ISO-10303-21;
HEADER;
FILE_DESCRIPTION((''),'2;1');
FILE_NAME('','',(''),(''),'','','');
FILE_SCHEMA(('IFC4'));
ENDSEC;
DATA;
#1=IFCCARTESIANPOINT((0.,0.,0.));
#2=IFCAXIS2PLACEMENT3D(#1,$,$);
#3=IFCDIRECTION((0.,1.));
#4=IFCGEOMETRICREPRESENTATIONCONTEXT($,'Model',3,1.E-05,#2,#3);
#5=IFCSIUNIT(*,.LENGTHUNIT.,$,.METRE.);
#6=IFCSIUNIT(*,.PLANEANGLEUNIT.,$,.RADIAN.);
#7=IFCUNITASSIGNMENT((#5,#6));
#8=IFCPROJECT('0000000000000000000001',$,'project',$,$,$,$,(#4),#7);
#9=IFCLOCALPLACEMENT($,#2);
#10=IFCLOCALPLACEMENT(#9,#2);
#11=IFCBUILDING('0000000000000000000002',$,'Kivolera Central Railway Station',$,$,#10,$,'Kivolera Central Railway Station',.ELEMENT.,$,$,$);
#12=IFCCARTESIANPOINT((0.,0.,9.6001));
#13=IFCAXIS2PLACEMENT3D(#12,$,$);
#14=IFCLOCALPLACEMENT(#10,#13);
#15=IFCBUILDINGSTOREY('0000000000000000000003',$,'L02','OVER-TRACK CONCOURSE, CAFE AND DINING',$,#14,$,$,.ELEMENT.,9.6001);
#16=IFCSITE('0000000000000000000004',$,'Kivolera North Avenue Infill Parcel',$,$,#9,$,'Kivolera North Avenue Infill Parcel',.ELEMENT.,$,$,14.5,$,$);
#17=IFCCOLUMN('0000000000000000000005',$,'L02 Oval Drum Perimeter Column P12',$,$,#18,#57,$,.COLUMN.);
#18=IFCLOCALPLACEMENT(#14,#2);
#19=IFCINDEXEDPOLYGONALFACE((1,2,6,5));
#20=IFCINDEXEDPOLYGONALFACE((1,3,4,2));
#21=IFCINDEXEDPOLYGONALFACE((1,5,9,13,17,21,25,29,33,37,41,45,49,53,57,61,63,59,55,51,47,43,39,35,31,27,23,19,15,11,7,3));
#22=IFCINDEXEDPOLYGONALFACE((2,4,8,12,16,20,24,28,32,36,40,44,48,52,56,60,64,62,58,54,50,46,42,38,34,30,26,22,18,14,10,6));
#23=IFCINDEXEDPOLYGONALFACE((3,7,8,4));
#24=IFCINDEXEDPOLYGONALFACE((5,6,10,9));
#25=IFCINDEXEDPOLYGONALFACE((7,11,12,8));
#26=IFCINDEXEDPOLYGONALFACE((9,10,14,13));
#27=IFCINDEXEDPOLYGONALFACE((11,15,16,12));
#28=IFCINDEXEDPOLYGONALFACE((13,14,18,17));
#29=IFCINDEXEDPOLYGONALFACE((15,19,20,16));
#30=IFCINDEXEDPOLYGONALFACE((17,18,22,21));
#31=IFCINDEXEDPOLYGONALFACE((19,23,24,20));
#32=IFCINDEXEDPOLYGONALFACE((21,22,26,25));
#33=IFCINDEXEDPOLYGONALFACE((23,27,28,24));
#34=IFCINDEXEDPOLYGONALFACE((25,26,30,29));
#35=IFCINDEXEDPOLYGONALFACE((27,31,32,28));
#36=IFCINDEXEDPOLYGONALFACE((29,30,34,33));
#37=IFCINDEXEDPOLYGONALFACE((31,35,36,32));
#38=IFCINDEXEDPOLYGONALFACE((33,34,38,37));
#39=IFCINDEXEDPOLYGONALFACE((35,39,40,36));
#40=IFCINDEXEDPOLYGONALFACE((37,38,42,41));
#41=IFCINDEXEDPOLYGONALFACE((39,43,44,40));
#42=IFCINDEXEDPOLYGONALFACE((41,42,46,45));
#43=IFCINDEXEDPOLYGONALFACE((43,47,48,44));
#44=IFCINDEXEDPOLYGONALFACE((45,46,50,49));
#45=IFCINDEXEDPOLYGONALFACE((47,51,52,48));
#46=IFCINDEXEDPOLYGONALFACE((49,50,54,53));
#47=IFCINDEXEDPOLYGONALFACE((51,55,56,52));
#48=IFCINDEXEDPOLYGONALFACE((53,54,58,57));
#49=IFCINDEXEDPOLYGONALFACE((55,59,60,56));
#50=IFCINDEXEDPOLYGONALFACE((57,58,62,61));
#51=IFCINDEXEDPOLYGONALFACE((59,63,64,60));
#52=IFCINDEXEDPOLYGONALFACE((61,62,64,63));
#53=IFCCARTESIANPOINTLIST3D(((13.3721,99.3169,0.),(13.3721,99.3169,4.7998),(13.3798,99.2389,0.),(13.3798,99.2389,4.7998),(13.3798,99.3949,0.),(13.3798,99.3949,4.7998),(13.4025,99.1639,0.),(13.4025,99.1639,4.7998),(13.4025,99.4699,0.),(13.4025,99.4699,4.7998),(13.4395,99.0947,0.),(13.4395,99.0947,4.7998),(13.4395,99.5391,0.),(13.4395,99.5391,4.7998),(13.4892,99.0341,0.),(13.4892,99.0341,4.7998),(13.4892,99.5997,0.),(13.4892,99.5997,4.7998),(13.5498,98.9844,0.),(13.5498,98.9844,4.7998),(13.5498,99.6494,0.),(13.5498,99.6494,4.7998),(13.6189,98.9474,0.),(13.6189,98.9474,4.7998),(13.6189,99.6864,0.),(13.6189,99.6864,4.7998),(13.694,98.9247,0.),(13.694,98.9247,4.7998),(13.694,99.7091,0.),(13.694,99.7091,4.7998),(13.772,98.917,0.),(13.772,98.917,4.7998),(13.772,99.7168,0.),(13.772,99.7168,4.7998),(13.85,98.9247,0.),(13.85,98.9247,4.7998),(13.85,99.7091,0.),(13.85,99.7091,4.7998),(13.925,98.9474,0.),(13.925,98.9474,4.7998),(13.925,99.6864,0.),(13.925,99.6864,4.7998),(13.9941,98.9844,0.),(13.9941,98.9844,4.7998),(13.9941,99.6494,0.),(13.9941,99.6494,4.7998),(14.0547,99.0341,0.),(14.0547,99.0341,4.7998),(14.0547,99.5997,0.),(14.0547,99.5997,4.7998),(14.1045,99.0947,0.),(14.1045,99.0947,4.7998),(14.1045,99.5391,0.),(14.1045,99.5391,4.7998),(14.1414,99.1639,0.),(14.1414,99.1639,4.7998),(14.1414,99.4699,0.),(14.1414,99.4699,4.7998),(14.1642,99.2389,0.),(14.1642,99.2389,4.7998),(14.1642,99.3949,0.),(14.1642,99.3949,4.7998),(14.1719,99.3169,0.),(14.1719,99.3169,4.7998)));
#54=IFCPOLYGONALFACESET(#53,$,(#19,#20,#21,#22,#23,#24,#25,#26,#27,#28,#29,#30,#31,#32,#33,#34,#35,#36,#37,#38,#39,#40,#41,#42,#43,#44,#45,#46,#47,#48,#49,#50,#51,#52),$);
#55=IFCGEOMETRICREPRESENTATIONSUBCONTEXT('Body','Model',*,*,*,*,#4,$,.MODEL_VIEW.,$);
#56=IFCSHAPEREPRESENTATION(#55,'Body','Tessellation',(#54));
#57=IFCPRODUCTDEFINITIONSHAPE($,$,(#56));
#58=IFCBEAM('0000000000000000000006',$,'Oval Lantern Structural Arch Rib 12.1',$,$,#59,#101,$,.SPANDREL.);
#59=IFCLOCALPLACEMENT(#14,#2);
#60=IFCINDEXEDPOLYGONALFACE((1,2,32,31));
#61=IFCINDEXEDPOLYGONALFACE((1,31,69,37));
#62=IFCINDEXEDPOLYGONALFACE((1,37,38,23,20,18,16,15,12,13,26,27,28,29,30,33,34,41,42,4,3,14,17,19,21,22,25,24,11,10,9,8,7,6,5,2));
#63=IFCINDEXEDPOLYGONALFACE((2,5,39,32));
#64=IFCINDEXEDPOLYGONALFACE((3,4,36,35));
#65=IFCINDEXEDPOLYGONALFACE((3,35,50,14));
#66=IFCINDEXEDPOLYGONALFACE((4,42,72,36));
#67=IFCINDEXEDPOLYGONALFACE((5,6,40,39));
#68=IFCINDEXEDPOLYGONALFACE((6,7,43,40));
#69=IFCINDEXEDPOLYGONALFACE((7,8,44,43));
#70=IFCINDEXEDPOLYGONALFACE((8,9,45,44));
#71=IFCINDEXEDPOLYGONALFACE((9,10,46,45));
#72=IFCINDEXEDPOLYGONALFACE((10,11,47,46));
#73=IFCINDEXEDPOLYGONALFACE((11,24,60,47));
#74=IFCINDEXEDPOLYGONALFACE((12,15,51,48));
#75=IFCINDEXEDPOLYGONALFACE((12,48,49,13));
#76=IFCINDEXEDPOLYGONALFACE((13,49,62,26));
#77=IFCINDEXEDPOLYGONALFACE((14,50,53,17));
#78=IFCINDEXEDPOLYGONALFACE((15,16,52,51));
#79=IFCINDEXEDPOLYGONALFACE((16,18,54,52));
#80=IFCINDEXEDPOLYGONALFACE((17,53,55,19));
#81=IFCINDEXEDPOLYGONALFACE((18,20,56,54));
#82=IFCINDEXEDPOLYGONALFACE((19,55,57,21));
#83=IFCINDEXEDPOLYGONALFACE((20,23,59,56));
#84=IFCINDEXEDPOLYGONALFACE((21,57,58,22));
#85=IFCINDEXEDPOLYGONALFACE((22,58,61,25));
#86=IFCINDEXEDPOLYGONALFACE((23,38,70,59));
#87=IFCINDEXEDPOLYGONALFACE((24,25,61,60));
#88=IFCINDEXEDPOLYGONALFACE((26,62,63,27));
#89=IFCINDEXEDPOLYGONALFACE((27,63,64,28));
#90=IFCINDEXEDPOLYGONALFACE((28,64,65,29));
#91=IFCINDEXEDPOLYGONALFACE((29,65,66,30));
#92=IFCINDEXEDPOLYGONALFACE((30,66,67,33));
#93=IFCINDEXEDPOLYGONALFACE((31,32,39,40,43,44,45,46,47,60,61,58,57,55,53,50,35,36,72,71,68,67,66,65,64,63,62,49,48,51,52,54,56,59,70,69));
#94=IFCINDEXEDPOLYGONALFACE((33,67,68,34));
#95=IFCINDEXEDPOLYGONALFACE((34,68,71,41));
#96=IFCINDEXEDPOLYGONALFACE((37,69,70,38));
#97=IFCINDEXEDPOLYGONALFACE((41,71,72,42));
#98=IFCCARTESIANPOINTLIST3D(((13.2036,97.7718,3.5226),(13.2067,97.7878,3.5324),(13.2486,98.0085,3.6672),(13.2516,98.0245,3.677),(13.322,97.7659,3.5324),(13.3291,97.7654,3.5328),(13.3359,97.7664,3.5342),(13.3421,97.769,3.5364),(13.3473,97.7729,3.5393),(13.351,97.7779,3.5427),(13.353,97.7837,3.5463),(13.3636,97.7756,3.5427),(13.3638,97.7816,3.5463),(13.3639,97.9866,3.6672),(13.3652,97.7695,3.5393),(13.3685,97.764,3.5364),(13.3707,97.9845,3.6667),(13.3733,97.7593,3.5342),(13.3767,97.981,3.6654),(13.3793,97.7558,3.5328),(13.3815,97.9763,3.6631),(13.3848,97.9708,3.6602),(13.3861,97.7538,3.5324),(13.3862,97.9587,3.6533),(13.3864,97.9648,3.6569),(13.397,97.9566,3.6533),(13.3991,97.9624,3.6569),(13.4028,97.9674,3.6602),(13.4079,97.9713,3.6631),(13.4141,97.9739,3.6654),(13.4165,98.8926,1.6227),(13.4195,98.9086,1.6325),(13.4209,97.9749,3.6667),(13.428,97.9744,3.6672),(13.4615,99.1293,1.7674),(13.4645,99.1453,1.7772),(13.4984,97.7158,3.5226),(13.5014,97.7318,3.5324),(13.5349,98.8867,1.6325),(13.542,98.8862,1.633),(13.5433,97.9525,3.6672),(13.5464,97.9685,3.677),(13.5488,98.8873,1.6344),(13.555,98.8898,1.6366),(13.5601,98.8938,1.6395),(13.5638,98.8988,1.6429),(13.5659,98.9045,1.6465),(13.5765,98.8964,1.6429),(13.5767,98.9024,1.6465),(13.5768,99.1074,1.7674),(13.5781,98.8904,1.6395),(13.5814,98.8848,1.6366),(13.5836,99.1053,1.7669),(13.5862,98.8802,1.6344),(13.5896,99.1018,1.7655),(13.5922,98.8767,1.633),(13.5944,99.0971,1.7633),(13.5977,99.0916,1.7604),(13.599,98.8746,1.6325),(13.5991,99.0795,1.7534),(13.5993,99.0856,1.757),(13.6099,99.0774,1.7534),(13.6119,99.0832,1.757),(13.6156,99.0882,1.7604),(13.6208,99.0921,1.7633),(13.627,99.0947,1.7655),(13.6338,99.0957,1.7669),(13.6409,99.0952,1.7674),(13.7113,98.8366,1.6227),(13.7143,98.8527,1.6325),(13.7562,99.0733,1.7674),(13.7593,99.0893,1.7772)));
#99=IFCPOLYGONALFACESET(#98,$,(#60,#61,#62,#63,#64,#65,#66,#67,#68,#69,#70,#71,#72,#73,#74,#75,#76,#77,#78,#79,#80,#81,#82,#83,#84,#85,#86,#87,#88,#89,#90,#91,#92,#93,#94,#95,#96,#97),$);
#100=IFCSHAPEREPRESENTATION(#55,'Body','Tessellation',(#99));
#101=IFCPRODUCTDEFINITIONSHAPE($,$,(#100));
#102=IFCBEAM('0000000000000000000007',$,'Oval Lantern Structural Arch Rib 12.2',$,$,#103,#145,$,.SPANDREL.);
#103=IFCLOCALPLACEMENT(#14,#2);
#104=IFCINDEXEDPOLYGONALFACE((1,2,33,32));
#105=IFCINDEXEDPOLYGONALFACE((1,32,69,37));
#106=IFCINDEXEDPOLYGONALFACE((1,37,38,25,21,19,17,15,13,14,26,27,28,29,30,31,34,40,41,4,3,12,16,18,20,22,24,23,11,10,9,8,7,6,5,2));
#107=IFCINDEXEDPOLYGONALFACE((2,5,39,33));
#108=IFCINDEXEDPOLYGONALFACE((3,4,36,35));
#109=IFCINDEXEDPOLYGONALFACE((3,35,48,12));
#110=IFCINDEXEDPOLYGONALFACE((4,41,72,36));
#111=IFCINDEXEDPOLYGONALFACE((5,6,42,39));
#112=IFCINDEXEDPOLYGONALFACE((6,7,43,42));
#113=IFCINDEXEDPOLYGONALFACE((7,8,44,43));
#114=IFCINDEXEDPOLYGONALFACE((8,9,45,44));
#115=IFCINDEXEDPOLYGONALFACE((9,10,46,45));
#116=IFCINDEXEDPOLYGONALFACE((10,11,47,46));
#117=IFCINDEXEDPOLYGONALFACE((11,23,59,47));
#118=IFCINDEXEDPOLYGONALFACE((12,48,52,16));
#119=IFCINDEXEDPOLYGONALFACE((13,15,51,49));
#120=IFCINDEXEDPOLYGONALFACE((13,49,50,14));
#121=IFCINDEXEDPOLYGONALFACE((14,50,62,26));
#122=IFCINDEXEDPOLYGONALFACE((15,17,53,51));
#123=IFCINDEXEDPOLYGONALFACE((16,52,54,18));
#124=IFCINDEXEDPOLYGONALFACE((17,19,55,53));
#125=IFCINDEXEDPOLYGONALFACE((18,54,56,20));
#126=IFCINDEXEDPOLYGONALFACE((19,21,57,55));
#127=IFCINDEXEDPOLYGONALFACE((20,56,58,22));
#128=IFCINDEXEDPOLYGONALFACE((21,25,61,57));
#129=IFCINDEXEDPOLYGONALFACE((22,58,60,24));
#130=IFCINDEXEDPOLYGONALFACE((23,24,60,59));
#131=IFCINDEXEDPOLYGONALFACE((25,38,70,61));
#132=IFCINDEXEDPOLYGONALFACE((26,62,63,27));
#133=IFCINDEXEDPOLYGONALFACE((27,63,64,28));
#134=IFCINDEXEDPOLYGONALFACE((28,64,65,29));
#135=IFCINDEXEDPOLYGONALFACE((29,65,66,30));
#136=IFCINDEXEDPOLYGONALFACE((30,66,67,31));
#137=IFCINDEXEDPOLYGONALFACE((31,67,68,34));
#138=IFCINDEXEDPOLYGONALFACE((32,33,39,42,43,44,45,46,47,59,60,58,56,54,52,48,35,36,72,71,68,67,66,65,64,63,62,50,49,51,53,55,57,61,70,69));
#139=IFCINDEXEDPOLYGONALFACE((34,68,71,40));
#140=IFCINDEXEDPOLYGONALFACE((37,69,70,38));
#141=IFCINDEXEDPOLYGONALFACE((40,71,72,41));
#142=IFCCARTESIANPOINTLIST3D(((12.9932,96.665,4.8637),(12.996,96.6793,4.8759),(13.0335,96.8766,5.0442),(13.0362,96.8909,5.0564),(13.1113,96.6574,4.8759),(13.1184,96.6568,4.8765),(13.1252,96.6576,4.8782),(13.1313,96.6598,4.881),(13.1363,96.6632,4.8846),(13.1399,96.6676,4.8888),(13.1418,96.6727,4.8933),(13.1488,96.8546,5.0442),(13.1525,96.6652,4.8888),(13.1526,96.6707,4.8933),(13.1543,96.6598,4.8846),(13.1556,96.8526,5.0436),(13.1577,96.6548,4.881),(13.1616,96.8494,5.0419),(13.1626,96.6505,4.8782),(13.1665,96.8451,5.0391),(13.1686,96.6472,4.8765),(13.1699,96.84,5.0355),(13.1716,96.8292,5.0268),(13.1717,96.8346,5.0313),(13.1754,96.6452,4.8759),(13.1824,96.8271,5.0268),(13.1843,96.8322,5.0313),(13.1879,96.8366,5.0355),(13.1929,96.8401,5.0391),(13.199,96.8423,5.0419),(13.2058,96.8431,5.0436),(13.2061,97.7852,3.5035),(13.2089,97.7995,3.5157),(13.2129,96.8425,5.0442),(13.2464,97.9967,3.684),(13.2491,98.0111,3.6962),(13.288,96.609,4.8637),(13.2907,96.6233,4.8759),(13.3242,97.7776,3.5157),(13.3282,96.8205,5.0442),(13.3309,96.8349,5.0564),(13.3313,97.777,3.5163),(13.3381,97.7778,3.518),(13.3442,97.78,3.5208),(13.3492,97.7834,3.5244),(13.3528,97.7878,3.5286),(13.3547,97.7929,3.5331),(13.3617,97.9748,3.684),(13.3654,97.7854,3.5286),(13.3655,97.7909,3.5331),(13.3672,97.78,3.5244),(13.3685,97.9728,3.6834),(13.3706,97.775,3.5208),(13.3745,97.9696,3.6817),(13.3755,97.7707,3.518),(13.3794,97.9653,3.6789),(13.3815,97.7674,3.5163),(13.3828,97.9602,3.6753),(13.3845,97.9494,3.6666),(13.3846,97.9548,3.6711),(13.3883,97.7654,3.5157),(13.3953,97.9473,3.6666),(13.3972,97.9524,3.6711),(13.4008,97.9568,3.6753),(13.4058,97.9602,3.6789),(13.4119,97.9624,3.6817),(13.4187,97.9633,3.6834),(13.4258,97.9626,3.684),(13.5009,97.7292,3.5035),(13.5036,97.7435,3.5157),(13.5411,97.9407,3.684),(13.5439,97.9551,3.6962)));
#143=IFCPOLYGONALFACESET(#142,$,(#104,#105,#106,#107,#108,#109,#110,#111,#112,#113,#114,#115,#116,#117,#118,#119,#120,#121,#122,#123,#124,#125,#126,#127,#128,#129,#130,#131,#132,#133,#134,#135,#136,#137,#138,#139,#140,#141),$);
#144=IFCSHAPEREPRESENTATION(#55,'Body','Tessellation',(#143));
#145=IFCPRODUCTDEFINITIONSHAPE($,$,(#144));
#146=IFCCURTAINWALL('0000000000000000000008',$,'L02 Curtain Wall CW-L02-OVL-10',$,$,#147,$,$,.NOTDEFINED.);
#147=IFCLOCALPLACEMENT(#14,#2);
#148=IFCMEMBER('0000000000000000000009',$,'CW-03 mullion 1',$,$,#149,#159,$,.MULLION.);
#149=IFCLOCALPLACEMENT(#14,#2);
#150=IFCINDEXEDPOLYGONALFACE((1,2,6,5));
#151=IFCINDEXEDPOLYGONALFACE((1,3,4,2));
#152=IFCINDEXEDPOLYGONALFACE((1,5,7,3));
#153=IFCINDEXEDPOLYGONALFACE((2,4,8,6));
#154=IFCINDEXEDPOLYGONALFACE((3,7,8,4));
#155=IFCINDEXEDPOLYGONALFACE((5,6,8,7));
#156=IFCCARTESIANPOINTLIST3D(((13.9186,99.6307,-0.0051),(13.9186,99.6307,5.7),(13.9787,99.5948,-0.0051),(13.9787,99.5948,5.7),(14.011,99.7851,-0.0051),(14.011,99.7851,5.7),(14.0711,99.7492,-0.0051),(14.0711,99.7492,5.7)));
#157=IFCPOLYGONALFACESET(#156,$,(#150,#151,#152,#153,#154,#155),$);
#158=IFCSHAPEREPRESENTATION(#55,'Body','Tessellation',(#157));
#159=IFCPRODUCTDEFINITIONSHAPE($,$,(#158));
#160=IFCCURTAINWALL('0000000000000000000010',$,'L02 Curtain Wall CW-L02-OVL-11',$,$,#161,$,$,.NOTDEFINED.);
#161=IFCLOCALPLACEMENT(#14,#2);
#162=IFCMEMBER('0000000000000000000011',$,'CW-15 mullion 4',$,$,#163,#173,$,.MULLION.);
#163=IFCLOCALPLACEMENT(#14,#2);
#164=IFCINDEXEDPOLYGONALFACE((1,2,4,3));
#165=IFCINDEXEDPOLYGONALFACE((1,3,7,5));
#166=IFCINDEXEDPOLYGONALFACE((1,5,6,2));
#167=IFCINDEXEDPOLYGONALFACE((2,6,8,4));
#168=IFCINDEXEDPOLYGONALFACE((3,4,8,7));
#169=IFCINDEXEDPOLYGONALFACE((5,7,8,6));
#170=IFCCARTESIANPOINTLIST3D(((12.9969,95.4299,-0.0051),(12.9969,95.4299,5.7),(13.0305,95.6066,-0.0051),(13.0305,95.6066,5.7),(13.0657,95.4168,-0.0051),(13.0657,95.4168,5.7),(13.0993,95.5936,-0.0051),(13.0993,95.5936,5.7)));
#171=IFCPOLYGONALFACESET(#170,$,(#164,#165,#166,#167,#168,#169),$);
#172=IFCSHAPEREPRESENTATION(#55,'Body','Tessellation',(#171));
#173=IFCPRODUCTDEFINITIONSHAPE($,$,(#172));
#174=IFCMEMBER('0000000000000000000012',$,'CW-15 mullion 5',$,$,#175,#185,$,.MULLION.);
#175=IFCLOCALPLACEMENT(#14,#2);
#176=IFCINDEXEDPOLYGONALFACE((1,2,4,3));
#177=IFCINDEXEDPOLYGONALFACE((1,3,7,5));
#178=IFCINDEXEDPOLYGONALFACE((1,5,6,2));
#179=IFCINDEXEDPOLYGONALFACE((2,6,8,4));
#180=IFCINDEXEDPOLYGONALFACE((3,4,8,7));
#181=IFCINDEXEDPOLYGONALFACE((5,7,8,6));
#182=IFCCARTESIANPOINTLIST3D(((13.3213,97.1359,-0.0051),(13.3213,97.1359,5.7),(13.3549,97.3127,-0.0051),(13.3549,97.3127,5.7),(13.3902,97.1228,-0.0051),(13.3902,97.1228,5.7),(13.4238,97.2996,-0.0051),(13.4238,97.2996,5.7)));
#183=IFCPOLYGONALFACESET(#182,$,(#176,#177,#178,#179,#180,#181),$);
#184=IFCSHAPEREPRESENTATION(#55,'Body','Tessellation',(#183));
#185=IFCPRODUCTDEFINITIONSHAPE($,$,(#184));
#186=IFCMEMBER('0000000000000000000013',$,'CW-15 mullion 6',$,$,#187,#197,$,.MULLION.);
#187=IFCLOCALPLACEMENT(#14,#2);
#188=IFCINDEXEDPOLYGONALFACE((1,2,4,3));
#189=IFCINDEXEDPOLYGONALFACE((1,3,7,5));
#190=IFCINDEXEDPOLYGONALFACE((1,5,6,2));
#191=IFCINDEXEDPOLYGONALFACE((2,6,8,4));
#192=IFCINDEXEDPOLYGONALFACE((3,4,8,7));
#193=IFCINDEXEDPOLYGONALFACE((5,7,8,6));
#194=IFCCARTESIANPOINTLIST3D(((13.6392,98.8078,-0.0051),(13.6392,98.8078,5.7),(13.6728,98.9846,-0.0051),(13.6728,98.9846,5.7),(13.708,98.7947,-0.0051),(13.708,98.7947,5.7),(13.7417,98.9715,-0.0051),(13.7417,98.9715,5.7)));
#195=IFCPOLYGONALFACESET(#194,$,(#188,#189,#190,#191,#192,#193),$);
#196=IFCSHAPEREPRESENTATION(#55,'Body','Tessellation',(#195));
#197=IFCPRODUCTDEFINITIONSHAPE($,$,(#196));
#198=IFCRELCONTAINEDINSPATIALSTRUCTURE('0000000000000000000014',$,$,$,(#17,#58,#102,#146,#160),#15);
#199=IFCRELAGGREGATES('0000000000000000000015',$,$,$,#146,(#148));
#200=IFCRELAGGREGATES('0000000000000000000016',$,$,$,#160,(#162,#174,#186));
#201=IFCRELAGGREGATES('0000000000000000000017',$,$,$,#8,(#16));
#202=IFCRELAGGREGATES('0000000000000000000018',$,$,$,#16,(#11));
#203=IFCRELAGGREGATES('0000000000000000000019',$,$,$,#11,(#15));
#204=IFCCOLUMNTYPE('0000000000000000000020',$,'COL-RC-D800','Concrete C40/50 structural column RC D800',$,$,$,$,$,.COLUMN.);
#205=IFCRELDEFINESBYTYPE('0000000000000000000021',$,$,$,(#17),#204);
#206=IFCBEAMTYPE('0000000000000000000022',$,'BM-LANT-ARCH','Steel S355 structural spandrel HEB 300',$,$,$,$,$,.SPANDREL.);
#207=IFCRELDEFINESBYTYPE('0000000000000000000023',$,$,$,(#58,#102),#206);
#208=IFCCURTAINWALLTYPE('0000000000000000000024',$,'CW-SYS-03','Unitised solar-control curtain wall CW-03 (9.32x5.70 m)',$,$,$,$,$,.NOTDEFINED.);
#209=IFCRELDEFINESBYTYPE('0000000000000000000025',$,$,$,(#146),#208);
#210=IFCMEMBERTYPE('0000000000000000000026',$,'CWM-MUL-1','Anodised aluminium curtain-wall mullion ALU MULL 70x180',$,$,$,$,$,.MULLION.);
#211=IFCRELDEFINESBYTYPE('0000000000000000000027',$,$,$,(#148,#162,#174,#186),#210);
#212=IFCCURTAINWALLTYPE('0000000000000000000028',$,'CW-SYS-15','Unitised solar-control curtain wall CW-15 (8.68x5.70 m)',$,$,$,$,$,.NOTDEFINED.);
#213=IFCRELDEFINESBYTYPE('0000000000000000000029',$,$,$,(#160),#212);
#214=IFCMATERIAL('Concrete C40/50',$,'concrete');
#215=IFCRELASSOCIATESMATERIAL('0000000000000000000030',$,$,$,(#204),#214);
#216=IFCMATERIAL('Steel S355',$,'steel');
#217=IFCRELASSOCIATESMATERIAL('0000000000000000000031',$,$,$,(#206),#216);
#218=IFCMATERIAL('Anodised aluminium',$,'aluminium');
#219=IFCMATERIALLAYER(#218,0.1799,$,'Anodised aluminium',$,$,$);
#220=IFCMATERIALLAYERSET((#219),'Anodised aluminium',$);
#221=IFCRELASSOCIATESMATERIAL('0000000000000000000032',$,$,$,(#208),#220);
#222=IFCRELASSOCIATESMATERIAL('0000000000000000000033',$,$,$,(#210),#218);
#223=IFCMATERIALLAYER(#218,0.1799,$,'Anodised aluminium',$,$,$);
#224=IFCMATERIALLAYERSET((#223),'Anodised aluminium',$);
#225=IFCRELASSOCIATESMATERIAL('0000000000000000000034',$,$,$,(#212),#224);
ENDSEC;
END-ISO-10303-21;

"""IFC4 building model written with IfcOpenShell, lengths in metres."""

from ifc_helpers import new_model, si_unit, direction, frame, origin, origin_2d, place, context, subcontext, project, spatial, rectangle, circle, i_section, extrude, material, layer, layer_set, material_profile, profile_set, type_object, element, aggregate, save


model = new_model("IFC4")

# Units and contexts
model_context = context("Model", 3, precision=1e-05, world=origin(), true_north=direction((0.0, 1.0)))
body_context = subcontext(model_context, "Body", "Model", "MODEL_VIEW")
ifc_project = project(units=[si_unit("LENGTHUNIT", "METRE"), si_unit("PLANEANGLEUNIT", "RADIAN")], contexts=[model_context])

# Site, building, storey
site_placement = place(None, origin())
site = spatial("IfcSite", under=ifc_project, at=site_placement, Name="Kivolera North Avenue Infill Parcel", LongName="Kivolera North Avenue Infill Parcel", CompositionType="ELEMENT", RefElevation=14.5)
building_placement = place(site_placement, origin())
building = spatial("IfcBuilding", under=site, at=building_placement, Name="Kivolera Central Railway Station", LongName="Kivolera Central Railway Station", CompositionType="ELEMENT")
storey_placement = place(building_placement, frame((0.0, 0.0, 9.6001)))
storey = spatial("IfcBuildingStorey", under=building, at=storey_placement, Name="L02", Description="OVER-TRACK CONCOURSE, CAFE AND DINING", CompositionType="ELEMENT", Elevation=9.6001)

# Column
ifc_material_1 = material(Name="Concrete C40/50", Category="concrete")
ifc_material_profile_1 = material_profile(ifc_material_1, circle(Radius=0.3999, at=origin_2d()), Name="RC D800")
ifc_profile_set_1 = profile_set([ifc_material_profile_1], Name="Concrete C40/50")
column_type = type_object("IfcColumnType", Name="COL-RC-D800", Description="Concrete C40/50 structural column RC D800", PredefinedType="COLUMN", material=ifc_profile_set_1)
column_placement = place(storey_placement, frame((13.772, 99.3169, 0.0), z_axis=(0.0, 0.0, 1.0), x_axis=(1.0, 0.0, 0.0)))
element("IfcColumn", 1, at=column_placement, inside=storey, type_object=column_type, Name="L02 Oval Drum Perimeter Column P12", PredefinedType="COLUMN", context=body_context, shape_type="SweptSolid", body=[
    extrude(circle(Radius=0.3999, at=origin_2d()), origin(), (0.0, 0.0, 1.0), 4.7998),
])

# Beams
ifc_material_2 = material(Name="Steel S355", Category="steel")
ifc_material_profile_2 = material_profile(ifc_material_2, i_section(OverallWidth=0.3, OverallDepth=0.3, WebThickness=0.011, FlangeThickness=0.019, FilletRadius=0.0271, at=origin_2d()), Name="HEB 300")
ifc_profile_set_2 = profile_set([ifc_material_profile_2], Name="Steel S355")
beam_type = type_object("IfcBeamType", Name="BM-LANT-ARCH", Description="Steel S355 structural spandrel HEB 300", PredefinedType="SPANDREL", material=ifc_profile_set_2)
beam_1_placement = place(storey_placement, frame((13.5879, 98.991, 1.7), z_axis=(-0.096064, -0.505768, 0.857304), x_axis=(0.982436, -0.186601, 0.0)))
element("IfcBeam", 2, at=beam_1_placement, inside=storey, type_object=beam_type, Name="Oval Lantern Structural Arch Rib 12.1", PredefinedType="SPANDREL", context=body_context, shape_type="SweptSolid", body=[
    extrude(i_section(OverallWidth=0.3, OverallDepth=0.3, WebThickness=0.011, FlangeThickness=0.019, FilletRadius=0.0271, at=origin_2d()), origin(), (0.0, 0.0, 1.0), 2.2161),
])
beam_2_placement = place(storey_placement, frame((13.375, 97.8701, 3.5999), z_axis=(-0.119953, -0.631127, 0.766349), x_axis=(0.982413, -0.186719, 0.0)))
element("IfcBeam", 3, at=beam_2_placement, inside=storey, type_object=beam_type, Name="Oval Lantern Structural Arch Rib 12.2", PredefinedType="SPANDREL", context=body_context, shape_type="SweptSolid", body=[
    extrude(i_section(OverallWidth=0.3, OverallDepth=0.3, WebThickness=0.011, FlangeThickness=0.019, FilletRadius=0.0271, at=origin_2d()), origin(), (0.0, 0.0, 1.0), 1.7749),
])

# Curtain wall, member
ifc_material_3 = material(Name="Anodised aluminium", Category="aluminium")
ifc_layer_1 = layer(ifc_material_3, 0.1799, Name="Anodised aluminium")
ifc_layer_set_1 = layer_set([ifc_layer_1], Name="Anodised aluminium")
curtain_wall_type_1 = type_object("IfcCurtainWallType", Name="CW-SYS-03", Description="Unitised solar-control curtain wall CW-03 (9.32x5.70 m)", PredefinedType="NOTDEFINED", material=ifc_layer_set_1)
curtain_wall_1_placement = place(storey_placement, origin())
curtain_wall_1 = element("IfcCurtainWall", 4, at=curtain_wall_1_placement, inside=storey, type_object=curtain_wall_type_1, Name="L02 Curtain Wall CW-L02-OVL-10", PredefinedType="NOTDEFINED")
ifc_material_profile_3 = material_profile(ifc_material_3, rectangle(XDim=0.0701, YDim=0.1799, at=origin_2d()), Name="ALU MULL 70x180")
ifc_profile_set_3 = profile_set([ifc_material_profile_3], Name="Anodised aluminium")
member_type_1 = type_object("IfcMemberType", Name="CWM-MUL-1", Description="Anodised aluminium curtain-wall mullion ALU MULL 70x180", PredefinedType="MULLION", material=ifc_profile_set_3)
member_1_placement = place(storey_placement, frame((13.9949, 99.6899, -0.0051), z_axis=(0.0, 0.0, 1.0), x_axis=(-0.858117, 0.513454, 0.0)))
member_1 = element("IfcMember", 5, at=member_1_placement, type_object=member_type_1, Name="CW-03 mullion 1", PredefinedType="MULLION", context=body_context, shape_type="SweptSolid", body=[
    extrude(rectangle(XDim=0.0701, YDim=0.1799, at=origin_2d()), origin(), (0.0, 0.0, 1.0), 5.7051),
])

# Curtain wall, members
ifc_layer_2 = layer(ifc_material_3, 0.1799, Name="Anodised aluminium")
ifc_layer_set_2 = layer_set([ifc_layer_2], Name="Anodised aluminium")
curtain_wall_type_2 = type_object("IfcCurtainWallType", Name="CW-SYS-15", Description="Unitised solar-control curtain wall CW-15 (8.68x5.70 m)", PredefinedType="NOTDEFINED", material=ifc_layer_set_2)
curtain_wall_2_placement = place(storey_placement, origin())
curtain_wall_2 = element("IfcCurtainWall", 6, at=curtain_wall_2_placement, inside=storey, type_object=curtain_wall_type_2, Name="L02 Curtain Wall CW-L02-OVL-11", PredefinedType="NOTDEFINED")
member_2_placement = place(storey_placement, frame((13.0481, 95.5117, -0.0051), z_axis=(0.0, 0.0, 1.0), x_axis=(-0.982401, 0.186784, 0.0)))
member_2 = element("IfcMember", 7, at=member_2_placement, type_object=member_type_1, Name="CW-15 mullion 4", PredefinedType="MULLION", context=body_context, shape_type="SweptSolid", body=[
    extrude(rectangle(XDim=0.0701, YDim=0.1799, at=origin_2d()), origin(), (0.0, 0.0, 1.0), 5.7051),
])
member_3_placement = place(storey_placement, frame((13.3726, 97.2178, -0.0051), z_axis=(0.0, 0.0, 1.0), x_axis=(-0.982401, 0.186784, 0.0)))
member_3 = element("IfcMember", 8, at=member_3_placement, type_object=member_type_1, Name="CW-15 mullion 5", PredefinedType="MULLION", context=body_context, shape_type="SweptSolid", body=[
    extrude(rectangle(XDim=0.0701, YDim=0.1799, at=origin_2d()), origin(), (0.0, 0.0, 1.0), 5.7051),
])
member_4_placement = place(storey_placement, frame((13.6904, 98.8896, -0.0051), z_axis=(0.0, 0.0, 1.0), x_axis=(-0.982401, 0.186784, 0.0)))
member_4 = element("IfcMember", 9, at=member_4_placement, type_object=member_type_1, Name="CW-15 mullion 6", PredefinedType="MULLION", context=body_context, shape_type="SweptSolid", body=[
    extrude(rectangle(XDim=0.0701, YDim=0.1799, at=origin_2d()), origin(), (0.0, 0.0, 1.0), 5.7051),
])

aggregate(curtain_wall_1, [member_1])

aggregate(curtain_wall_2, [member_2, member_3, member_4])

save(model, "model.ifc")
